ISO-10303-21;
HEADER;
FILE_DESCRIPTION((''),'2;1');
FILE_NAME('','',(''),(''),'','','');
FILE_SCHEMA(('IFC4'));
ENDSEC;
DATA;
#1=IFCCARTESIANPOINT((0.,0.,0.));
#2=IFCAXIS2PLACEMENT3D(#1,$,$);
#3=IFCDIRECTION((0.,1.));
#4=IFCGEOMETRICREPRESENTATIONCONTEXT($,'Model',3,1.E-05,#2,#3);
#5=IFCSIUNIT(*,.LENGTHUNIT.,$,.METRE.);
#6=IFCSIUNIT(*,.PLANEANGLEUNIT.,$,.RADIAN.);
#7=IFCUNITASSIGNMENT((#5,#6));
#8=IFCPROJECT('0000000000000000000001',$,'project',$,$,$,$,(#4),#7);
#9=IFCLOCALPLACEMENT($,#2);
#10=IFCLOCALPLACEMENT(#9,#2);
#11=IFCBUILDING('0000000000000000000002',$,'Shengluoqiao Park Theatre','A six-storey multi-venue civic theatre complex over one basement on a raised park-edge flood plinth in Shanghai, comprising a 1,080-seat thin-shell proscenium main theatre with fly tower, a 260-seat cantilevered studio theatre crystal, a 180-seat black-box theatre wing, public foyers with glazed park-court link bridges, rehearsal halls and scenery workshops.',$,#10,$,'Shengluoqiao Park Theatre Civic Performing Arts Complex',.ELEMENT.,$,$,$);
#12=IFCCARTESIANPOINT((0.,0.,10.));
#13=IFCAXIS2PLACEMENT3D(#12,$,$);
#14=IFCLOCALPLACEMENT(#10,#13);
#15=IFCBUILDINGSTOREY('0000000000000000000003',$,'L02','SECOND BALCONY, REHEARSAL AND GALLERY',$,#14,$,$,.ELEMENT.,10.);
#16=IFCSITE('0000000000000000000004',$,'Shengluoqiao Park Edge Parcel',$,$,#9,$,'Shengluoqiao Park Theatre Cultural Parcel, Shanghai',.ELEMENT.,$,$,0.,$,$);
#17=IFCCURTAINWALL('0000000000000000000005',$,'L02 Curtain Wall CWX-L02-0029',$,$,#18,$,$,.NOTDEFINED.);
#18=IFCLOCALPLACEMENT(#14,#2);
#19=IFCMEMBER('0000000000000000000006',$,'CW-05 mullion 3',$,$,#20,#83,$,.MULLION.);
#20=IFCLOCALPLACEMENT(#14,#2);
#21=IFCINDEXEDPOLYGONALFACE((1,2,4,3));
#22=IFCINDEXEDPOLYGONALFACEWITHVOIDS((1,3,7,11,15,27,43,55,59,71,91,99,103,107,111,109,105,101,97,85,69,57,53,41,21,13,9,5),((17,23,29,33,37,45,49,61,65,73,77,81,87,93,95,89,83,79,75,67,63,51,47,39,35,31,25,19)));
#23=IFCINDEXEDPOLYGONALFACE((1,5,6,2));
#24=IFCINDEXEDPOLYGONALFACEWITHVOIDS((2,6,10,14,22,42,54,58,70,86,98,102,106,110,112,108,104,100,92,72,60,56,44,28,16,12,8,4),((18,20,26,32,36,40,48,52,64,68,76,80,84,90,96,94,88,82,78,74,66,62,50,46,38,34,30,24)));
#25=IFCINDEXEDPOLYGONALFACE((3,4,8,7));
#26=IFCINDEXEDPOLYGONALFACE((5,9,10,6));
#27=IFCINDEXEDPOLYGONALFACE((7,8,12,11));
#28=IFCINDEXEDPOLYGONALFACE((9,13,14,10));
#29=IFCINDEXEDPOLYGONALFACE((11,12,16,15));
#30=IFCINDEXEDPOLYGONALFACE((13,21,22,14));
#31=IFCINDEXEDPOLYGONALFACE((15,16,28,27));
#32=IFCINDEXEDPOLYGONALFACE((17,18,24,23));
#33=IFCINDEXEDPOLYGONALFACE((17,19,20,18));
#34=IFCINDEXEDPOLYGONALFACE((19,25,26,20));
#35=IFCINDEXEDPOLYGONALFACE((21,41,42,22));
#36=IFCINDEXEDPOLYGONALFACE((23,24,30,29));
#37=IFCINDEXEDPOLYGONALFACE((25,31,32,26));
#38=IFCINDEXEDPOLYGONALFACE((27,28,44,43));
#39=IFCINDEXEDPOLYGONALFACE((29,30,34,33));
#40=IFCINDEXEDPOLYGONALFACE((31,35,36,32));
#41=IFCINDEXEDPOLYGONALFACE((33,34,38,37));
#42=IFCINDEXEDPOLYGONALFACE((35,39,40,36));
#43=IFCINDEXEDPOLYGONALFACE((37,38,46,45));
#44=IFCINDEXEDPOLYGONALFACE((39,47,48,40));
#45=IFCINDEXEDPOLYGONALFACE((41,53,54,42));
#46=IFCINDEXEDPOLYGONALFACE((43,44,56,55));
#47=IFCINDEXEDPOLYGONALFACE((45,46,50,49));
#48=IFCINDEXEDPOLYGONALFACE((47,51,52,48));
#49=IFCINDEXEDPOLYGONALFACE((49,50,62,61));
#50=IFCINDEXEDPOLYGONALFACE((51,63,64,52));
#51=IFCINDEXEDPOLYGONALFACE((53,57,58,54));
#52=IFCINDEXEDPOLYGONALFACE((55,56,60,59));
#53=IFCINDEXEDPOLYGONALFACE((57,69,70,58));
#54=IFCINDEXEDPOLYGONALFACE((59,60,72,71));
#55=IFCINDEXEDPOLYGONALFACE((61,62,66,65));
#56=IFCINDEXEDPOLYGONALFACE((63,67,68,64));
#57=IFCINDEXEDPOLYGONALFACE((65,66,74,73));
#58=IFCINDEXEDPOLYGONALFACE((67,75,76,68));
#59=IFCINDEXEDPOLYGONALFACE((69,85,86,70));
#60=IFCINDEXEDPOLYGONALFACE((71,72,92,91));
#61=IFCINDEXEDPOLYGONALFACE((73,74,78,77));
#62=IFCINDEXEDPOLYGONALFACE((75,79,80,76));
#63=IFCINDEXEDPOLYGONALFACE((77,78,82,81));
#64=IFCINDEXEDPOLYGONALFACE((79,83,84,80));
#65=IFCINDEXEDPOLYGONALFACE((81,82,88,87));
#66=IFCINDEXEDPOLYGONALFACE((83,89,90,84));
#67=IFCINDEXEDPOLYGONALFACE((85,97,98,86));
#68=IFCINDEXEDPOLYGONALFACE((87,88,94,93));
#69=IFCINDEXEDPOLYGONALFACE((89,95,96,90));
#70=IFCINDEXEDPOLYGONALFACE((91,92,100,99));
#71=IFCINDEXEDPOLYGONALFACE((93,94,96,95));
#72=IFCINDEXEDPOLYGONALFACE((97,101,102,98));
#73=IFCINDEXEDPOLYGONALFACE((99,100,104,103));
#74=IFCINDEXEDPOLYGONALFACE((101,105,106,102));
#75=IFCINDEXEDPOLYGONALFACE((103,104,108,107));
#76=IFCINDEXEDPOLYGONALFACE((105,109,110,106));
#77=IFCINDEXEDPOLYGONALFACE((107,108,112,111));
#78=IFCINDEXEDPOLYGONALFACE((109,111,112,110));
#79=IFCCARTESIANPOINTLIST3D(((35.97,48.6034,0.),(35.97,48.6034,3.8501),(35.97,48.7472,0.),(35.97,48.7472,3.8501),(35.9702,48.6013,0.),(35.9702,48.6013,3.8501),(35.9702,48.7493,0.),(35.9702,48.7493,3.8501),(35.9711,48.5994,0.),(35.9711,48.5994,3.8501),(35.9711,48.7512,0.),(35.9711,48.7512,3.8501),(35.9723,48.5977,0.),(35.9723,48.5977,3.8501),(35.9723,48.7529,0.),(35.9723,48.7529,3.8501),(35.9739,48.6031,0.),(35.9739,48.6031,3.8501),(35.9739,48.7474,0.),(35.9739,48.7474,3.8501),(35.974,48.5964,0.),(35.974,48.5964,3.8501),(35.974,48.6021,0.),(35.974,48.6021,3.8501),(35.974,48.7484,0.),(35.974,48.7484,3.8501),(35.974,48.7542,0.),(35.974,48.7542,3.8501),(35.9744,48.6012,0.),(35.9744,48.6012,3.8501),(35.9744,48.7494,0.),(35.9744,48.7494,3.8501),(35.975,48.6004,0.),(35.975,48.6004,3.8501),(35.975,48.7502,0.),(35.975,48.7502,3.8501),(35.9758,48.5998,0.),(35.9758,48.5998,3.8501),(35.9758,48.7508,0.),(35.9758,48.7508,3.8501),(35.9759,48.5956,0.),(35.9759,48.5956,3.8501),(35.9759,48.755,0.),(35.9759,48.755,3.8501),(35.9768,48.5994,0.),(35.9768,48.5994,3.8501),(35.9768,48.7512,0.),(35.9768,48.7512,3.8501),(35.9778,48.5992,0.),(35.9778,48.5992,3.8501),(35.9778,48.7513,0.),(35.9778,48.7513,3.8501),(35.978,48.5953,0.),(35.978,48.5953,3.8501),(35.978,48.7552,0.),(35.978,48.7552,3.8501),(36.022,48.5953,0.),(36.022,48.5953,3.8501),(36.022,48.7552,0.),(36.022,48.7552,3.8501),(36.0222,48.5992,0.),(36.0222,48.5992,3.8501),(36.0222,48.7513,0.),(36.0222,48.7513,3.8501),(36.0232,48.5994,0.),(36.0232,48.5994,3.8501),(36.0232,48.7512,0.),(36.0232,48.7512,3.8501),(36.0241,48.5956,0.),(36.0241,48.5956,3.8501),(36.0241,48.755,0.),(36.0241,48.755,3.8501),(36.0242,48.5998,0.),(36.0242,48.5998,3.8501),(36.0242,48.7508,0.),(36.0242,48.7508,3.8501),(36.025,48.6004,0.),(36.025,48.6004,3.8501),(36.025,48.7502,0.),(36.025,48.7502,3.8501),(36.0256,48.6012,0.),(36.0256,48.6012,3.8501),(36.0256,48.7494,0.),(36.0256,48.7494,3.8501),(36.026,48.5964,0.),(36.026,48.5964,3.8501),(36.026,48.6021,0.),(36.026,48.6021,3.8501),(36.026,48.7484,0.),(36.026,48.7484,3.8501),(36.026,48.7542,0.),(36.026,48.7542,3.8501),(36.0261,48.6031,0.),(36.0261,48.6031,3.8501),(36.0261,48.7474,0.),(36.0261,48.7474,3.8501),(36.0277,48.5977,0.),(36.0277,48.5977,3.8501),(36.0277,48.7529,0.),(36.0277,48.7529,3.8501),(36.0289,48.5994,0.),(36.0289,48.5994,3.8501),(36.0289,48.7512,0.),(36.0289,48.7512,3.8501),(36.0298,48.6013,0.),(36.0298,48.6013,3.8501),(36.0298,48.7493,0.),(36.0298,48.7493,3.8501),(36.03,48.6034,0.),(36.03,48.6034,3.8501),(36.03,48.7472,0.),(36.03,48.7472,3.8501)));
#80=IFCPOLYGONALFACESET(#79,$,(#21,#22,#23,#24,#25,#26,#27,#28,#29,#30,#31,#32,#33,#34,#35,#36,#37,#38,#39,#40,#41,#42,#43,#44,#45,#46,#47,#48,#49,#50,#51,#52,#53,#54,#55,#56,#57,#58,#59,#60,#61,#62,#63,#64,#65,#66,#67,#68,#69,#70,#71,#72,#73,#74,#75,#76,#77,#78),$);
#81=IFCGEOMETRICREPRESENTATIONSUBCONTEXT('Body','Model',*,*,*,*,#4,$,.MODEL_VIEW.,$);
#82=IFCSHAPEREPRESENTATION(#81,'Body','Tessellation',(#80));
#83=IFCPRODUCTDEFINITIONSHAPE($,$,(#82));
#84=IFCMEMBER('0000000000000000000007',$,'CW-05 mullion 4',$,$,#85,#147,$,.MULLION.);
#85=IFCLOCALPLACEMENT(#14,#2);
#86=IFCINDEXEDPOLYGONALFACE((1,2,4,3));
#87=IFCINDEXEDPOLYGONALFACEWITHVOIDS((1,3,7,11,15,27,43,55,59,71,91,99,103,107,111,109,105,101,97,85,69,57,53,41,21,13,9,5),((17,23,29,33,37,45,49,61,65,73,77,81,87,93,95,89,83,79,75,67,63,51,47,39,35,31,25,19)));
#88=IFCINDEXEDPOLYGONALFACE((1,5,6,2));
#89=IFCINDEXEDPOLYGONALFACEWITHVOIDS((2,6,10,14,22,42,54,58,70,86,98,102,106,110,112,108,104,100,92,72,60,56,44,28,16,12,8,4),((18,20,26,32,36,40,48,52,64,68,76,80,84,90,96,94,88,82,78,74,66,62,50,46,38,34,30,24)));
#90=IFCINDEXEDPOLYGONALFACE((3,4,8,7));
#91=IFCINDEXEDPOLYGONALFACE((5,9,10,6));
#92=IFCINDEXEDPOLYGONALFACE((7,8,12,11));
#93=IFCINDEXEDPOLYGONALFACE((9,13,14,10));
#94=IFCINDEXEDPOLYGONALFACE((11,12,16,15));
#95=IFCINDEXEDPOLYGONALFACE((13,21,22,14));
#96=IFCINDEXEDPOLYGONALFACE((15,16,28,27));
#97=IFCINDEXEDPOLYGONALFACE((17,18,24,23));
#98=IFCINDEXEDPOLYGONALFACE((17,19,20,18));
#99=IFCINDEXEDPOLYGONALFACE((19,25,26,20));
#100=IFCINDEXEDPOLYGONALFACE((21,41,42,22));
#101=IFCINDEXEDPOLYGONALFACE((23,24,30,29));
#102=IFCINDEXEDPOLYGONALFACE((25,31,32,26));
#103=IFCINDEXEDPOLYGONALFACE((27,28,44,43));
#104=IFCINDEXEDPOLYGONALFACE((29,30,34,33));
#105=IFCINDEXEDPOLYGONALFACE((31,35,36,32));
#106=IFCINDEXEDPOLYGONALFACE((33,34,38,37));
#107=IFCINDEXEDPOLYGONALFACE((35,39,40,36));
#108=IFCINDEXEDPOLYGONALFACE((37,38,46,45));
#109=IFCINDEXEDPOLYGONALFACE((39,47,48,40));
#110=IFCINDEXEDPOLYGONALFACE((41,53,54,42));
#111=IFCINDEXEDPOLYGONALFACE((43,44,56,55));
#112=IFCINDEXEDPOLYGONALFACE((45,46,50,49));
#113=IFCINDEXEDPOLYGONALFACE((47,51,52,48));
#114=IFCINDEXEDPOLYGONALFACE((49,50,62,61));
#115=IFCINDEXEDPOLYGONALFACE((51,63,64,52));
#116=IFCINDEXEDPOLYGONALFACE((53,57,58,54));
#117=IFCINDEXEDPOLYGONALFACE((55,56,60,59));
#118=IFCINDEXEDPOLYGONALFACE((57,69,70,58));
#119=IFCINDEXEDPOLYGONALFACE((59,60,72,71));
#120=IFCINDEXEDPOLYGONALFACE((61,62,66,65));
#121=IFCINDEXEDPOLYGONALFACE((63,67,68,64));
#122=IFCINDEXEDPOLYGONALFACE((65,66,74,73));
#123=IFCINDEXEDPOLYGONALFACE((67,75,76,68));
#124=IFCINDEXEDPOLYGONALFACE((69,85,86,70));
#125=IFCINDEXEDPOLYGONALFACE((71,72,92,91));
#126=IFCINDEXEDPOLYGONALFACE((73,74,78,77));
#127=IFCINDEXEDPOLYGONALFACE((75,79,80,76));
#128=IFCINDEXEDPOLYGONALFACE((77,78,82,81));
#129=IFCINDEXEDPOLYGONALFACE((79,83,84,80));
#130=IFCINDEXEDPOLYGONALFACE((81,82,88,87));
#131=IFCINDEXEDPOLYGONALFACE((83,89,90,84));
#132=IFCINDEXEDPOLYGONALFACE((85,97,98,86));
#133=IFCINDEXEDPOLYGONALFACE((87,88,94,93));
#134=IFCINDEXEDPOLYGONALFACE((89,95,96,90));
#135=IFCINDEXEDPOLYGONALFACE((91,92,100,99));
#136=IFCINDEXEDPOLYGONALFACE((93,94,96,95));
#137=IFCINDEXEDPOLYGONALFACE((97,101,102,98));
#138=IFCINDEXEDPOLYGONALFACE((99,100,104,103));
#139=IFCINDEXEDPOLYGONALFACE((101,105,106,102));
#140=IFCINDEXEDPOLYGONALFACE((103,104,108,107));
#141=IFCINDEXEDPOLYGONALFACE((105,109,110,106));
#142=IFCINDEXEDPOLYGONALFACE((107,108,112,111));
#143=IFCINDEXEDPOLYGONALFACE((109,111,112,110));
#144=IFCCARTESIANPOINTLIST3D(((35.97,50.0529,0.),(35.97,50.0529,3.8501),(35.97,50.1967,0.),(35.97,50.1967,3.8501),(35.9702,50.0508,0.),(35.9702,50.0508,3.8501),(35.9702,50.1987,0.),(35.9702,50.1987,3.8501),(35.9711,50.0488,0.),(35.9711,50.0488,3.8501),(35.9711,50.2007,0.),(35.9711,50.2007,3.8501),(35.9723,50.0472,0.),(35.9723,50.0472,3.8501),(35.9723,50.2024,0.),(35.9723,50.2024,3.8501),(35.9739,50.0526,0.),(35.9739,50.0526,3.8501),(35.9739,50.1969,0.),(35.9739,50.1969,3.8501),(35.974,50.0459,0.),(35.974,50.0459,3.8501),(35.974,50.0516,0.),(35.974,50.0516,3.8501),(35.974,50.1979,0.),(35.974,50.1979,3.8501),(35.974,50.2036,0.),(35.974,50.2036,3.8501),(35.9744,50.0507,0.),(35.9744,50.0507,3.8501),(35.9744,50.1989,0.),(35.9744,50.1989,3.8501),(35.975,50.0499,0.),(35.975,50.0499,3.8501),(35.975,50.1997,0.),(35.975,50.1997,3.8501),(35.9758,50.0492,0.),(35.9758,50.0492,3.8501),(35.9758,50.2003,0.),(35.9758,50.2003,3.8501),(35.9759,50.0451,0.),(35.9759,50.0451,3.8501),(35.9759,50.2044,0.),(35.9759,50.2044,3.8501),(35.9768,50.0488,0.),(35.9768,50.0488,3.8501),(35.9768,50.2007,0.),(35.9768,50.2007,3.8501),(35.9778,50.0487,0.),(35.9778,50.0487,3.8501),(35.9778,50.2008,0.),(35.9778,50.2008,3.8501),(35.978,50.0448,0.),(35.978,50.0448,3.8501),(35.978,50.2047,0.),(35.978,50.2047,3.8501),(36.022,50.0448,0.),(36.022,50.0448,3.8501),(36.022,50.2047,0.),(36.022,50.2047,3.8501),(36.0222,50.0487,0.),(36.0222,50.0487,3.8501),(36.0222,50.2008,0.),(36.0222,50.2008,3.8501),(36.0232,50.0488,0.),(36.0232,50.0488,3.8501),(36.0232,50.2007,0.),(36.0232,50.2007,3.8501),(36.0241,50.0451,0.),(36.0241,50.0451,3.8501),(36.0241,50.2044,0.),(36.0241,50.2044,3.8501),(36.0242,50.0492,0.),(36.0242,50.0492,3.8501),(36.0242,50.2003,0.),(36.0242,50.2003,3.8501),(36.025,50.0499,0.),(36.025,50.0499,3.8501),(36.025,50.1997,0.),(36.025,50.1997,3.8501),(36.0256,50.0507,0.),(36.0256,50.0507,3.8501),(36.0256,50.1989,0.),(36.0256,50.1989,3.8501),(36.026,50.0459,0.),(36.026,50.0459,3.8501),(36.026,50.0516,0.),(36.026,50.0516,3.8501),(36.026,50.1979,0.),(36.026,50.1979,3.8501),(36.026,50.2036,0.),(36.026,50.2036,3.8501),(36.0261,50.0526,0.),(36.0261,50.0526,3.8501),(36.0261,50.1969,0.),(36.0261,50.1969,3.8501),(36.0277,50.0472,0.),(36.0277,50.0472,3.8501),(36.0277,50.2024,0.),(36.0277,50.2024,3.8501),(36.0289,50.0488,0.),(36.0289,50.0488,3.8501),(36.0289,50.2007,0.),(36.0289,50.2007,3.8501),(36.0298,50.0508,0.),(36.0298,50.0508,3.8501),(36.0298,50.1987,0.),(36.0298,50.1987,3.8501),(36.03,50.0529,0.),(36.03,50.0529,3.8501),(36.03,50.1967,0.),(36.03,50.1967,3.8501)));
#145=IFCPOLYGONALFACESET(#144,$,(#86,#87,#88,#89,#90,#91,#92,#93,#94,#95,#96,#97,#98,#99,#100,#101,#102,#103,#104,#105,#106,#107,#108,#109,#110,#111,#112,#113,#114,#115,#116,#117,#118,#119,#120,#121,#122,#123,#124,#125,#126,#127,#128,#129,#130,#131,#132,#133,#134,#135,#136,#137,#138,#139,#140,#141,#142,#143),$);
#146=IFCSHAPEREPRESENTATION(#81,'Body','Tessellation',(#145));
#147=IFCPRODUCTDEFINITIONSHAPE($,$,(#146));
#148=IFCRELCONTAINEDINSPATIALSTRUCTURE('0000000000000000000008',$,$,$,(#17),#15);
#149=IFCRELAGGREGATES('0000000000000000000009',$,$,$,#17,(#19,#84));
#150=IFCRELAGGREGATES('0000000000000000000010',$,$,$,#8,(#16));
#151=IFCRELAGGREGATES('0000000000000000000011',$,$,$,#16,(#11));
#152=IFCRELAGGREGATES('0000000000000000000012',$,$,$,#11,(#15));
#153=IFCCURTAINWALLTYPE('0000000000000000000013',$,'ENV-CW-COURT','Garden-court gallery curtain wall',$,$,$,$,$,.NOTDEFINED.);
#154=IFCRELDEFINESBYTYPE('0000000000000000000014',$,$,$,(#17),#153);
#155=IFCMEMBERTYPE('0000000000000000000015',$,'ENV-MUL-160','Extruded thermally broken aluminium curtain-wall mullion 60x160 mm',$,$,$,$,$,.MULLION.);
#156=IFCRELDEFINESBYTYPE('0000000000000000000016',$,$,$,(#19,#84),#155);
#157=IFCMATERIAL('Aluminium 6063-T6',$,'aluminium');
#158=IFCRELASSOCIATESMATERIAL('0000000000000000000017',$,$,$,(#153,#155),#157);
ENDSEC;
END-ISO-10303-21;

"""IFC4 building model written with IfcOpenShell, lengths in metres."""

from ifc_helpers import new_model, si_unit, direction, frame, origin, origin_2d, place, context, subcontext, project, spatial, hollow_rectangle, extrude, material, material_profile, profile_set, type_object, element, aggregate, save


model = new_model("IFC4")

# Units and contexts
model_context = context("Model", 3, precision=1e-05, world=origin(), true_north=direction((0.0, 1.0)))
body_context = subcontext(model_context, "Body", "Model", "MODEL_VIEW")
ifc_project = project(units=[si_unit("LENGTHUNIT", "METRE"), si_unit("PLANEANGLEUNIT", "RADIAN")], contexts=[model_context])

# Site, building, storey
site_placement = place(None, origin())
site = spatial("IfcSite", under=ifc_project, at=site_placement, Name="Shengluoqiao Park Edge Parcel", LongName="Shengluoqiao Park Theatre Cultural Parcel, Shanghai", CompositionType="ELEMENT", RefElevation=0.0)
building_placement = place(site_placement, origin())
building = spatial("IfcBuilding", under=site, at=building_placement, Name="Shengluoqiao Park Theatre", Description="A six-storey multi-venue civic theatre complex over one basement on a raised park-edge flood plinth in Shanghai, comprising a 1,080-seat thin-shell proscenium main theatre with fly tower, a 260-seat cantilevered studio theatre crystal, a 180-seat black-box theatre wing, public foyers with glazed park-court link bridges, rehearsal halls and scenery workshops.", LongName="Shengluoqiao Park Theatre Civic Performing Arts Complex", CompositionType="ELEMENT")
storey_placement = place(building_placement, frame((0.0, 0.0, 10.0)))
storey = spatial("IfcBuildingStorey", under=building, at=storey_placement, Name="L02", Description="SECOND BALCONY, REHEARSAL AND GALLERY", CompositionType="ELEMENT", Elevation=10.0)

# Curtain wall, members
ifc_material_1 = material(Name="Aluminium 6063-T6", Category="aluminium")
curtain_wall_type = type_object("IfcCurtainWallType", Name="ENV-CW-COURT", Description="Garden-court gallery curtain wall", PredefinedType="NOTDEFINED", material=ifc_material_1)
curtain_wall_placement = place(storey_placement, origin())
curtain_wall = element("IfcCurtainWall", 1, at=curtain_wall_placement, inside=storey, type_object=curtain_wall_type, Name="L02 Curtain Wall CWX-L02-0029", PredefinedType="NOTDEFINED")
ifc_material_profile_1 = material_profile(ifc_material_1, hollow_rectangle(XDim=0.0601, YDim=0.1599, WallThickness=0.0039, InnerFilletRadius=0.0039, OuterFilletRadius=0.0081, at=origin_2d()), Name="ALU MULLION 160x60x4")
ifc_profile_set_1 = profile_set([ifc_material_profile_1], Name="Aluminium 6063-T6")
member_type_1 = type_object("IfcMemberType", Name="ENV-MUL-160", Description="Extruded thermally broken aluminium curtain-wall mullion 60x160 mm", PredefinedType="MULLION", material=ifc_profile_set_1)
member_1_placement = place(storey_placement, frame((36.0, 48.6753, 0.0), z_axis=(0.0, 0.0, 1.0), x_axis=(-1.0, 0.0, 0.0)))
member_1 = element("IfcMember", 2, at=member_1_placement, type_object=member_type_1, Name="CW-05 mullion 3", PredefinedType="MULLION", context=body_context, shape_type="SweptSolid", body=[
    extrude(hollow_rectangle(XDim=0.0601, YDim=0.1599, WallThickness=0.0039, InnerFilletRadius=0.0039, OuterFilletRadius=0.0081, at=origin_2d()), origin(), (0.0, 0.0, 1.0), 3.8501),
])
member_2_placement = place(storey_placement, frame((36.0, 50.1248, 0.0), z_axis=(0.0, 0.0, 1.0), x_axis=(-1.0, 0.0, 0.0)))
member_2 = element("IfcMember", 3, at=member_2_placement, type_object=member_type_1, Name="CW-05 mullion 4", PredefinedType="MULLION", context=body_context, shape_type="SweptSolid", body=[
    extrude(hollow_rectangle(XDim=0.0601, YDim=0.1599, WallThickness=0.0039, InnerFilletRadius=0.0039, OuterFilletRadius=0.0081, at=origin_2d()), origin(), (0.0, 0.0, 1.0), 3.8501),
])
aggregate(curtain_wall, [member_1, member_2])

save(model, "model.ifc")
